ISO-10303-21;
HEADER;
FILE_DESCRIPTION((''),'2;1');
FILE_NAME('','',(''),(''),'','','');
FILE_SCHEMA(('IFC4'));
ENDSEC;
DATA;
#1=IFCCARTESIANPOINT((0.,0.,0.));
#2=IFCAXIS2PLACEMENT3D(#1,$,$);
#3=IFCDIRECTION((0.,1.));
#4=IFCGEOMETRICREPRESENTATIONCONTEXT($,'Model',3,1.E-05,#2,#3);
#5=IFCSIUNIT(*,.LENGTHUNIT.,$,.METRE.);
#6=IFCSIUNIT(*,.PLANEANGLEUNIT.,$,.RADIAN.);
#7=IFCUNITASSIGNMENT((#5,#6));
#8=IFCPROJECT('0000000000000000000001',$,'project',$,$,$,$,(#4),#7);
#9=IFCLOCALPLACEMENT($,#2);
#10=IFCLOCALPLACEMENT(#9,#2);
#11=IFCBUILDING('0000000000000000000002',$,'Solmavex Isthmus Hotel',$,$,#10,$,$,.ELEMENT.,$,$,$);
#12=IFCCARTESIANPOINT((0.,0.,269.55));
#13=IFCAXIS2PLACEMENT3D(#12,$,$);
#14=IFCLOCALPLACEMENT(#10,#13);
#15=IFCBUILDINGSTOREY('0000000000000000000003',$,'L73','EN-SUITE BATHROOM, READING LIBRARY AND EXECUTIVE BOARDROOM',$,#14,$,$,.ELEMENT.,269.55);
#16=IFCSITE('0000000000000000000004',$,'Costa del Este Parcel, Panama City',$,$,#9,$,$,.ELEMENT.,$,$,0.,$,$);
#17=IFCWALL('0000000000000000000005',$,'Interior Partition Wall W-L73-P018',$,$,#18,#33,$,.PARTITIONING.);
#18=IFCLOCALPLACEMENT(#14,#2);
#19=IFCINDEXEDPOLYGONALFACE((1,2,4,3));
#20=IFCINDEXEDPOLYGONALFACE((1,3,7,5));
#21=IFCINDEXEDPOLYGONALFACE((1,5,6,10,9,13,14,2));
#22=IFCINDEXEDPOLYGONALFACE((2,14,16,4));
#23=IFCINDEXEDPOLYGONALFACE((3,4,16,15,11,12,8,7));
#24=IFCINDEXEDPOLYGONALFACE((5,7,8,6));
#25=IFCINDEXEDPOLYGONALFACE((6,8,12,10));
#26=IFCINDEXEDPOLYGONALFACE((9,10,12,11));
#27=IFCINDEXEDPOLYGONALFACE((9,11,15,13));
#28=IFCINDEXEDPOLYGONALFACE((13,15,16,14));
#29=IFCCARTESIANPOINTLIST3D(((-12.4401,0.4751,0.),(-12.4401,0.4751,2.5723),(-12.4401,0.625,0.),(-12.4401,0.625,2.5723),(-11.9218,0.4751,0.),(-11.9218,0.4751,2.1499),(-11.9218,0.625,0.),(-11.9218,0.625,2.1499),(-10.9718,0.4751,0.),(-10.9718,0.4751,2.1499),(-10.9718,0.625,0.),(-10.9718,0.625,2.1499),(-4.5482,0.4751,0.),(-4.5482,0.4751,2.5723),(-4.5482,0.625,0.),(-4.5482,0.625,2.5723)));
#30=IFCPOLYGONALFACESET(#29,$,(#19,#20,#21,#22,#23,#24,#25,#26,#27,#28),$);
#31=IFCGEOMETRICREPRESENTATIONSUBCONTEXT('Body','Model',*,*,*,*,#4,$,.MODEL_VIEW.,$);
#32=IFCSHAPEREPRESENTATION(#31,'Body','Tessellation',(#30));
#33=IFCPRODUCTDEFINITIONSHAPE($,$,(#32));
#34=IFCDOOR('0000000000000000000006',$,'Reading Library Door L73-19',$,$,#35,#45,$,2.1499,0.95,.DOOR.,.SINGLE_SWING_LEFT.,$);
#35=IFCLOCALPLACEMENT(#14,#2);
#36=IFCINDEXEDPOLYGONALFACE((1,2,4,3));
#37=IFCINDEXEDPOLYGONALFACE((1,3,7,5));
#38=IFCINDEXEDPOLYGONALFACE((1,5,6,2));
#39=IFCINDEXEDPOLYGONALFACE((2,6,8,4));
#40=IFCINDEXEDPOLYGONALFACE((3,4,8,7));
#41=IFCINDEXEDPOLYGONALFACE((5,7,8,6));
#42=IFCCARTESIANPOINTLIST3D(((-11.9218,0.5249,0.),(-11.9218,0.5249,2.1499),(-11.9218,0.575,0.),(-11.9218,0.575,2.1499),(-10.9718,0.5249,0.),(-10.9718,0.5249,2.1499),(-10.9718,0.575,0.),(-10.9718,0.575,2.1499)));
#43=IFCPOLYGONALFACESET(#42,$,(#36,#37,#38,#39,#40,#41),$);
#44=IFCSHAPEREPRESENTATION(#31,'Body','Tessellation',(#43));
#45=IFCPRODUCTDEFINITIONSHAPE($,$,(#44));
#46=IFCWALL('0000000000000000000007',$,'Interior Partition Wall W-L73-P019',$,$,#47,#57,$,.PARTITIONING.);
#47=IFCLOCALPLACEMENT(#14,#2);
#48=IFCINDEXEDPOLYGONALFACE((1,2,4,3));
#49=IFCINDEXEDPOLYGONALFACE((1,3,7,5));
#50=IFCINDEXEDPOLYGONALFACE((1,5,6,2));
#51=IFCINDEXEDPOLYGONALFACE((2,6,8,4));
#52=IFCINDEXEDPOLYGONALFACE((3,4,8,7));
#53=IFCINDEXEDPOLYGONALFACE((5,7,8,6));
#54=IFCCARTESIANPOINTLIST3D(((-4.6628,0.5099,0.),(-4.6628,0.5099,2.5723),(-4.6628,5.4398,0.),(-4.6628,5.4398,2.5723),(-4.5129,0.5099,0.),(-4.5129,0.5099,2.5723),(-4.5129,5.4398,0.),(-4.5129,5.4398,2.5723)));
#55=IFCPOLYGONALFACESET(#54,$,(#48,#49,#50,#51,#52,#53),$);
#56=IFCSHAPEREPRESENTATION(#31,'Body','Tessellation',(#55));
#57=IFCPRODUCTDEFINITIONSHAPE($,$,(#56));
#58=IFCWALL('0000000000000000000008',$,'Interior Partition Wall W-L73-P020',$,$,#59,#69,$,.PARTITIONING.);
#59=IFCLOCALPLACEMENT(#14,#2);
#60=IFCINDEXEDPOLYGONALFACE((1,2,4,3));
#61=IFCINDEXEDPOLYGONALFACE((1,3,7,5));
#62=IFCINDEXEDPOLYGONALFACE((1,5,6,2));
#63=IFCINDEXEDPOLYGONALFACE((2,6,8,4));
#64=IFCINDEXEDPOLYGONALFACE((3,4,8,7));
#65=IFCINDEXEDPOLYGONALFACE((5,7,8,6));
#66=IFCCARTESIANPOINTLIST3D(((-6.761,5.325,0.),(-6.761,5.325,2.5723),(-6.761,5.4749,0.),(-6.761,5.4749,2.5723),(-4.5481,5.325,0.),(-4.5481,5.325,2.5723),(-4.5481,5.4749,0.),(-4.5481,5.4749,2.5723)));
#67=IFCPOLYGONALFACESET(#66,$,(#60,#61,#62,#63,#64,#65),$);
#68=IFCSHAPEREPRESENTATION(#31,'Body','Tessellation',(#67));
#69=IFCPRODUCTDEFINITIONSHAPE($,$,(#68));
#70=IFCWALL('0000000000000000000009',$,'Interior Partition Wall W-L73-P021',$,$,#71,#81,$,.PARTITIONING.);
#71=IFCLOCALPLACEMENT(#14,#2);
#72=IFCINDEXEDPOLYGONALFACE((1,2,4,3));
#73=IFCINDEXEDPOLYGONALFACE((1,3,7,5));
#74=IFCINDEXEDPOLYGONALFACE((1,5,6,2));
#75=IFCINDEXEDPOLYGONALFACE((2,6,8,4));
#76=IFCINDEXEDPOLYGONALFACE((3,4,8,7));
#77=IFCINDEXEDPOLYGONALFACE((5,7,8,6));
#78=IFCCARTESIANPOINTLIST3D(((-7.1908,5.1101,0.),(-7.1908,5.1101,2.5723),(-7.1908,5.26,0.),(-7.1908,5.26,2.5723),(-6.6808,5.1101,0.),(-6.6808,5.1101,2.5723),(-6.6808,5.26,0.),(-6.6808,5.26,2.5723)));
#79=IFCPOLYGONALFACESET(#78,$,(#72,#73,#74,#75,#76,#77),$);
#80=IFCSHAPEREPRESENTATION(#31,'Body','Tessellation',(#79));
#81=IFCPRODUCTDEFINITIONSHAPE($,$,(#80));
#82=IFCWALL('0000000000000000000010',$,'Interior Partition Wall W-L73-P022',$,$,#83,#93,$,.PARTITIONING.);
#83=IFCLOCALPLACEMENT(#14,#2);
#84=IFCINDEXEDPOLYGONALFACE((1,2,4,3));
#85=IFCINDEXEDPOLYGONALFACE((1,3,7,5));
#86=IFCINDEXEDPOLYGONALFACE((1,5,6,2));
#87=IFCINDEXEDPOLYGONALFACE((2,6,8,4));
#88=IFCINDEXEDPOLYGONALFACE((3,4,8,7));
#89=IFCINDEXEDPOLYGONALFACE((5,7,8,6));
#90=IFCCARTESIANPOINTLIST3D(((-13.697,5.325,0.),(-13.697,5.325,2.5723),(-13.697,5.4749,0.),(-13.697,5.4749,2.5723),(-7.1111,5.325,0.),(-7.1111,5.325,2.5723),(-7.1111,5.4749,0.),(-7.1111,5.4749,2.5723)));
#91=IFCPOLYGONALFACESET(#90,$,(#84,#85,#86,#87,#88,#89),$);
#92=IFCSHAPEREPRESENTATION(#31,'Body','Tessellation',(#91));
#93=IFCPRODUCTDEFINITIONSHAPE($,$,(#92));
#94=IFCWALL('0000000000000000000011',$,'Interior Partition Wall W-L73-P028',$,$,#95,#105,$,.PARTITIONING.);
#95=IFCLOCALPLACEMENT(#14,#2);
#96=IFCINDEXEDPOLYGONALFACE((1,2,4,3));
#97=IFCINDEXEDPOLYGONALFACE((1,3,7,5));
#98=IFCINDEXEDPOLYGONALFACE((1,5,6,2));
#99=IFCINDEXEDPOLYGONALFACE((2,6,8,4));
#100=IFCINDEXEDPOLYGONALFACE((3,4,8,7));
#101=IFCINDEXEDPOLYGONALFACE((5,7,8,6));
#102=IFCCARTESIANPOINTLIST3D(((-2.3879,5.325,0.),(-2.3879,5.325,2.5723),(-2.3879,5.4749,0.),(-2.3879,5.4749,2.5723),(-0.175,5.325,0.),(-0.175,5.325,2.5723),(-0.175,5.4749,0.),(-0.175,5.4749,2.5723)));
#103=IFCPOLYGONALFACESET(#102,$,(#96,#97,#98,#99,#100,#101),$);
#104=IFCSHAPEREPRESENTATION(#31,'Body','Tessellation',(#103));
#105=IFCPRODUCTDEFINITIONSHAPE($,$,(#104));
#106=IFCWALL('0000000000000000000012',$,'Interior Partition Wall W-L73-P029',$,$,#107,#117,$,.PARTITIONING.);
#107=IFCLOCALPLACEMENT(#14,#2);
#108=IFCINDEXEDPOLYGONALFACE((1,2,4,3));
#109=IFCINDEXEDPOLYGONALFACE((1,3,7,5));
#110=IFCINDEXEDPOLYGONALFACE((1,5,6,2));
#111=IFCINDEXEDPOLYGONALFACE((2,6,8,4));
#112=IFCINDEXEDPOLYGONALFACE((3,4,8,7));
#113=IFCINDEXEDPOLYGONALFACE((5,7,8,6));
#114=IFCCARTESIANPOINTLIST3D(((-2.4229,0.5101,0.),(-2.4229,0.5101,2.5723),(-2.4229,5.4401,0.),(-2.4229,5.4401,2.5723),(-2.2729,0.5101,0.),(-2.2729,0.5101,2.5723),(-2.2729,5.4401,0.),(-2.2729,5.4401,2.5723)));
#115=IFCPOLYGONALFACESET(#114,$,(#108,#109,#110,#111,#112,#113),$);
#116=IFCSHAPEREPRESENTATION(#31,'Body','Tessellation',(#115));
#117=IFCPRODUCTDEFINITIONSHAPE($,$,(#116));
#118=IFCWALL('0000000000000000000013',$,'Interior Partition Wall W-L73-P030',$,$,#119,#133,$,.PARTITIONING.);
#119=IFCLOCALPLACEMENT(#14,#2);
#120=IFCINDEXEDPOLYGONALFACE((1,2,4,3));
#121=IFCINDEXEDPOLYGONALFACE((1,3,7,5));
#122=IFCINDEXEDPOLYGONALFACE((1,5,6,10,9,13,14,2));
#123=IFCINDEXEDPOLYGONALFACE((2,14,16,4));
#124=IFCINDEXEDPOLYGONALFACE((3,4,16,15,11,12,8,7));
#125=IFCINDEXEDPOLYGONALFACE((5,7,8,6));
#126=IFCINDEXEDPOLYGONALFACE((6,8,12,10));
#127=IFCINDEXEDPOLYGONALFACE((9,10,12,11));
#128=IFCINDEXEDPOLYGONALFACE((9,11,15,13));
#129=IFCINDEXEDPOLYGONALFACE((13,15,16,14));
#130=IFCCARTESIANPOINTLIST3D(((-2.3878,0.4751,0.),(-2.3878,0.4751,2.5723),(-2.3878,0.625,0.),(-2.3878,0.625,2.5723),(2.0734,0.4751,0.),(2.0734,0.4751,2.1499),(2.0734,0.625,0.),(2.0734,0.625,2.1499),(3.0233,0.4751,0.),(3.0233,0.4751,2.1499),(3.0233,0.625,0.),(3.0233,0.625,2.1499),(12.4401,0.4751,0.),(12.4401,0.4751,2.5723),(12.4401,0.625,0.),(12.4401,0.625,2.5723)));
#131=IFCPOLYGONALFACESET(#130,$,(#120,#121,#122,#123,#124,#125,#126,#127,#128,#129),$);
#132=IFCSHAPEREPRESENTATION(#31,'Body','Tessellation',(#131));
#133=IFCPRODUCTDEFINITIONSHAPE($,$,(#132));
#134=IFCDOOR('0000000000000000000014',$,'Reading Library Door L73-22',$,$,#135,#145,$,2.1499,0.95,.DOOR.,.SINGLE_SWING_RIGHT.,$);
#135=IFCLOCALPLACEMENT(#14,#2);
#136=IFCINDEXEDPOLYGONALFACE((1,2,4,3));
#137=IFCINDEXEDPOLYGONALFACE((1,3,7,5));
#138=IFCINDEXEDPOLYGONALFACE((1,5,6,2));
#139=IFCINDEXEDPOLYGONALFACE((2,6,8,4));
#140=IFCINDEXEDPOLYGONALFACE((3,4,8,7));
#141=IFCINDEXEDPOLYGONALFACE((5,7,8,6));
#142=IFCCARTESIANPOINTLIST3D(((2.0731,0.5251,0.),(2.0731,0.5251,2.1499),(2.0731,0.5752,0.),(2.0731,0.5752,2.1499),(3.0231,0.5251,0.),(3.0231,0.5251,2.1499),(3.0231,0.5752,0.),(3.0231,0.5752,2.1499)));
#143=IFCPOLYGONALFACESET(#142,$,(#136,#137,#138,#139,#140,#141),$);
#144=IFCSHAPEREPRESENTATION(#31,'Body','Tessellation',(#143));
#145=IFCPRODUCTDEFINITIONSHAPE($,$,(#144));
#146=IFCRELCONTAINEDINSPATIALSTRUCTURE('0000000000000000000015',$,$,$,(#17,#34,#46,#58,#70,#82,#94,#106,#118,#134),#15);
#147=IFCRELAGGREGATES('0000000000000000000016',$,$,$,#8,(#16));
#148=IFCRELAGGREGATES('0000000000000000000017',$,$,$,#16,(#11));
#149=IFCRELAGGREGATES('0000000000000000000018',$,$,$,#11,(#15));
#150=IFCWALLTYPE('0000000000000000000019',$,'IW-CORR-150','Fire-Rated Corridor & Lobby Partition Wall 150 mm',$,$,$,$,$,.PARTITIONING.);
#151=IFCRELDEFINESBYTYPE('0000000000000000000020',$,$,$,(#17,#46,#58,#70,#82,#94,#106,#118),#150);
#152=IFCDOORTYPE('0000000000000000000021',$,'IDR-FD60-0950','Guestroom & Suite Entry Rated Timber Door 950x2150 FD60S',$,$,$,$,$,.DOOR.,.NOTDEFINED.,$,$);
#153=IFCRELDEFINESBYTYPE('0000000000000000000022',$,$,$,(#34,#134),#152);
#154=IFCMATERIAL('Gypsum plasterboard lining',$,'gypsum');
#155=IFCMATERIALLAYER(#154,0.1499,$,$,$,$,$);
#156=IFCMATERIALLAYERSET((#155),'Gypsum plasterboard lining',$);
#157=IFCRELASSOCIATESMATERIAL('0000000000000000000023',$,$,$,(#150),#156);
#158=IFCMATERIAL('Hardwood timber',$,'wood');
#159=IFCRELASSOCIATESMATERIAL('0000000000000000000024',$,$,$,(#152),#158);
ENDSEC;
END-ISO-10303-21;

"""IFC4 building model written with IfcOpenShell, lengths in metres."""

from ifc_helpers import new_model, si_unit, direction, frame, frame_2d, origin, place, context, subcontext, project, spatial, rectangle, extrude, material, layer, layer_set, type_object, element, fill, save


model = new_model("IFC4")

# Units and contexts
model_context = context("Model", 3, precision=1e-05, world=origin(), true_north=direction((0.0, 1.0)))
body_context = subcontext(model_context, "Body", "Model", "MODEL_VIEW")
ifc_project = project(units=[si_unit("LENGTHUNIT", "METRE"), si_unit("PLANEANGLEUNIT", "RADIAN")], contexts=[model_context])

# Site, building, storey
site_placement = place(None, origin())
site = spatial("IfcSite", under=ifc_project, at=site_placement, Name="Costa del Este Parcel, Panama City", CompositionType="ELEMENT", RefElevation=0.0)
building_placement = place(site_placement, origin())
building = spatial("IfcBuilding", under=site, at=building_placement, Name="Solmavex Isthmus Hotel", CompositionType="ELEMENT")
storey_placement = place(building_placement, frame((0.0, 0.0, 269.55)))
storey = spatial("IfcBuildingStorey", under=building, at=storey_placement, Name="L73", Description="EN-SUITE BATHROOM, READING LIBRARY AND EXECUTIVE BOARDROOM", CompositionType="ELEMENT", Elevation=269.55)

# Shared definitions
ifc_material_1 = material(Name="Gypsum plasterboard lining", Category="gypsum")
ifc_layer_1 = layer(ifc_material_1, 0.1499)
ifc_layer_set_1 = layer_set([ifc_layer_1], Name="Gypsum plasterboard lining")
wall_type_1 = type_object("IfcWallType", Name="IW-CORR-150", Description="Fire-Rated Corridor & Lobby Partition Wall 150 mm", PredefinedType="PARTITIONING", material=ifc_layer_set_1)

# Wall, opening, door
wall_1_placement = place(storey_placement, frame((-12.4399, 0.55, 0.0), z_axis=(0.0, 0.0, 1.0), x_axis=(1.0, 0.0, 0.0)))
wall_1 = element("IfcWall", 1, at=wall_1_placement, inside=storey, type_object=wall_type_1, Name="Interior Partition Wall W-L73-P018", PredefinedType="PARTITIONING", context=body_context, shape_type="SweptSolid", body=[
    extrude(rectangle(XDim=7.8918, YDim=0.1499, at=frame_2d((3.9458, 0.0))), origin(), (0.0, 0.0, 1.0), 2.5723),
])
opening_1_placement = place(wall_1_placement, frame((0.5181, 0.0, 0.0)))
opening_1 = element("IfcOpeningElement", 2, at=opening_1_placement, cuts=wall_1, PredefinedType="OPENING", context=body_context, shape_type="SweptSolid", body=[
    extrude(rectangle(XDim=0.95, YDim=2.1499, at=frame_2d((0.4751, 1.075))), frame((0.0, 0.085, 0.0), z_axis=(0.0, -1.0, 0.0), x_axis=(1.0, 0.0, 0.0)), (0.0, 0.0, 1.0), 0.1699),
])
ifc_material_2 = material(Name="Hardwood timber", Category="wood")
door_type = type_object("IfcDoorType", Name="IDR-FD60-0950", Description="Guestroom & Suite Entry Rated Timber Door 950x2150 FD60S", OperationType="NOTDEFINED", PredefinedType="DOOR", material=ifc_material_2)
door_1_placement = place(opening_1_placement, origin())
door_1 = element("IfcDoor", 3, at=door_1_placement, inside=storey, type_object=door_type, Name="Reading Library Door L73-19", OperationType="SINGLE_SWING_LEFT", OverallHeight=2.1499, OverallWidth=0.95, PredefinedType="DOOR", context=body_context, shape_type="SweptSolid", body=[
    extrude(rectangle(XDim=0.95, YDim=2.1499, at=frame_2d((0.4751, 1.075))), frame((0.0, 0.0249, 0.0), z_axis=(0.0, -1.0, 0.0), x_axis=(1.0, 0.0, 0.0)), (0.0, 0.0, 1.0), 0.05),
])
fill(opening_1, door_1)

# Walls
wall_2_placement = place(storey_placement, frame((-4.5879, 0.51, 0.0), z_axis=(0.0, 0.0, 1.0), x_axis=(0.0, 1.0, 0.0)))
element("IfcWall", 4, at=wall_2_placement, inside=storey, type_object=wall_type_1, Name="Interior Partition Wall W-L73-P019", PredefinedType="PARTITIONING", context=body_context, shape_type="SweptSolid", body=[
    extrude(rectangle(XDim=4.9299, YDim=0.1499, at=frame_2d((2.4648, 0.0))), origin(), (0.0, 0.0, 1.0), 2.5723),
])
wall_3_placement = place(storey_placement, frame((-4.5481, 5.3999, 0.0), z_axis=(0.0, 0.0, 1.0), x_axis=(-1.0, 0.0, 0.0)))
element("IfcWall", 5, at=wall_3_placement, inside=storey, type_object=wall_type_1, Name="Interior Partition Wall W-L73-P020", PredefinedType="PARTITIONING", context=body_context, shape_type="SweptSolid", body=[
    extrude(rectangle(XDim=2.2129, YDim=0.1499, at=frame_2d((1.1064, 0.0))), origin(), (0.0, 0.0, 1.0), 2.5723),
])
wall_4_placement = place(storey_placement, frame((-6.6809, 5.1851, 0.0), z_axis=(0.0, 0.0, 1.0), x_axis=(-1.0, 0.0, 0.0)))
element("IfcWall", 6, at=wall_4_placement, inside=storey, type_object=wall_type_1, Name="Interior Partition Wall W-L73-P021", PredefinedType="PARTITIONING", context=body_context, shape_type="SweptSolid", body=[
    extrude(rectangle(XDim=0.51, YDim=0.1499, at=frame_2d((0.2549, 0.0))), origin(), (0.0, 0.0, 1.0), 2.5723),
])
wall_5_placement = place(storey_placement, frame((-7.1111, 5.3999, 0.0), z_axis=(0.0, 0.0, 1.0), x_axis=(-1.0, 0.0, 0.0)))
element("IfcWall", 7, at=wall_5_placement, inside=storey, type_object=wall_type_1, Name="Interior Partition Wall W-L73-P022", PredefinedType="PARTITIONING", context=body_context, shape_type="SweptSolid", body=[
    extrude(rectangle(XDim=6.5859, YDim=0.1499, at=frame_2d((3.293, 0.0))), origin(), (0.0, 0.0, 1.0), 2.5723),
])
wall_6_placement = place(storey_placement, frame((-0.175, 5.3999, 0.0), z_axis=(0.0, 0.0, 1.0), x_axis=(-1.0, 0.0, 0.0)))
element("IfcWall", 8, at=wall_6_placement, inside=storey, type_object=wall_type_1, Name="Interior Partition Wall W-L73-P028", PredefinedType="PARTITIONING", context=body_context, shape_type="SweptSolid", body=[
    extrude(rectangle(XDim=2.2129, YDim=0.1499, at=frame_2d((1.1064, 0.0))), origin(), (0.0, 0.0, 1.0), 2.5723),
])
wall_7_placement = place(storey_placement, frame((-2.3479, 5.4399, 0.0), z_axis=(0.0, 0.0, 1.0), x_axis=(0.0, -1.0, 0.0)))
element("IfcWall", 9, at=wall_7_placement, inside=storey, type_object=wall_type_1, Name="Interior Partition Wall W-L73-P029", PredefinedType="PARTITIONING", context=body_context, shape_type="SweptSolid", body=[
    extrude(rectangle(XDim=4.9299, YDim=0.1499, at=frame_2d((2.4648, 0.0))), origin(), (0.0, 0.0, 1.0), 2.5723),
])

# Wall, opening, door
wall_8_placement = place(storey_placement, frame((-2.3879, 0.55, 0.0), z_axis=(0.0, 0.0, 1.0), x_axis=(1.0, 0.0, 0.0)))
wall_8 = element("IfcWall", 10, at=wall_8_placement, inside=storey, type_object=wall_type_1, Name="Interior Partition Wall W-L73-P030", PredefinedType="PARTITIONING", context=body_context, shape_type="SweptSolid", body=[
    extrude(rectangle(XDim=14.8279, YDim=0.1499, at=frame_2d((7.4141, 0.0))), origin(), (0.0, 0.0, 1.0), 2.5723),
])
opening_2_placement = place(wall_8_placement, frame((4.4612, 0.0, 0.0)))
opening_2 = element("IfcOpeningElement", 11, at=opening_2_placement, cuts=wall_8, PredefinedType="OPENING", context=body_context, shape_type="SweptSolid", body=[
    extrude(rectangle(XDim=0.95, YDim=2.1499, at=frame_2d((0.4751, 1.075))), frame((0.0, 0.085, 0.0), z_axis=(0.0, -1.0, 0.0), x_axis=(1.0, 0.0, 0.0)), (0.0, 0.0, 1.0), 0.1699),
])
door_2_placement = place(opening_2_placement, frame((0.95, 0.0, 0.0), z_axis=(0.0, 0.0, 1.0), x_axis=(-1.0, 0.0, 0.0)))
door_2 = element("IfcDoor", 12, at=door_2_placement, inside=storey, type_object=door_type, Name="Reading Library Door L73-22", OperationType="SINGLE_SWING_RIGHT", OverallHeight=2.1499, OverallWidth=0.95, PredefinedType="DOOR", context=body_context, shape_type="SweptSolid", body=[
    extrude(rectangle(XDim=0.95, YDim=2.1499, at=frame_2d((0.4751, 1.075))), frame((0.0, 0.0249, 0.0), z_axis=(0.0, -1.0, 0.0), x_axis=(1.0, 0.0, 0.0)), (0.0, 0.0, 1.0), 0.05),
])
fill(opening_2, door_2)

save(model, "model.ifc")
